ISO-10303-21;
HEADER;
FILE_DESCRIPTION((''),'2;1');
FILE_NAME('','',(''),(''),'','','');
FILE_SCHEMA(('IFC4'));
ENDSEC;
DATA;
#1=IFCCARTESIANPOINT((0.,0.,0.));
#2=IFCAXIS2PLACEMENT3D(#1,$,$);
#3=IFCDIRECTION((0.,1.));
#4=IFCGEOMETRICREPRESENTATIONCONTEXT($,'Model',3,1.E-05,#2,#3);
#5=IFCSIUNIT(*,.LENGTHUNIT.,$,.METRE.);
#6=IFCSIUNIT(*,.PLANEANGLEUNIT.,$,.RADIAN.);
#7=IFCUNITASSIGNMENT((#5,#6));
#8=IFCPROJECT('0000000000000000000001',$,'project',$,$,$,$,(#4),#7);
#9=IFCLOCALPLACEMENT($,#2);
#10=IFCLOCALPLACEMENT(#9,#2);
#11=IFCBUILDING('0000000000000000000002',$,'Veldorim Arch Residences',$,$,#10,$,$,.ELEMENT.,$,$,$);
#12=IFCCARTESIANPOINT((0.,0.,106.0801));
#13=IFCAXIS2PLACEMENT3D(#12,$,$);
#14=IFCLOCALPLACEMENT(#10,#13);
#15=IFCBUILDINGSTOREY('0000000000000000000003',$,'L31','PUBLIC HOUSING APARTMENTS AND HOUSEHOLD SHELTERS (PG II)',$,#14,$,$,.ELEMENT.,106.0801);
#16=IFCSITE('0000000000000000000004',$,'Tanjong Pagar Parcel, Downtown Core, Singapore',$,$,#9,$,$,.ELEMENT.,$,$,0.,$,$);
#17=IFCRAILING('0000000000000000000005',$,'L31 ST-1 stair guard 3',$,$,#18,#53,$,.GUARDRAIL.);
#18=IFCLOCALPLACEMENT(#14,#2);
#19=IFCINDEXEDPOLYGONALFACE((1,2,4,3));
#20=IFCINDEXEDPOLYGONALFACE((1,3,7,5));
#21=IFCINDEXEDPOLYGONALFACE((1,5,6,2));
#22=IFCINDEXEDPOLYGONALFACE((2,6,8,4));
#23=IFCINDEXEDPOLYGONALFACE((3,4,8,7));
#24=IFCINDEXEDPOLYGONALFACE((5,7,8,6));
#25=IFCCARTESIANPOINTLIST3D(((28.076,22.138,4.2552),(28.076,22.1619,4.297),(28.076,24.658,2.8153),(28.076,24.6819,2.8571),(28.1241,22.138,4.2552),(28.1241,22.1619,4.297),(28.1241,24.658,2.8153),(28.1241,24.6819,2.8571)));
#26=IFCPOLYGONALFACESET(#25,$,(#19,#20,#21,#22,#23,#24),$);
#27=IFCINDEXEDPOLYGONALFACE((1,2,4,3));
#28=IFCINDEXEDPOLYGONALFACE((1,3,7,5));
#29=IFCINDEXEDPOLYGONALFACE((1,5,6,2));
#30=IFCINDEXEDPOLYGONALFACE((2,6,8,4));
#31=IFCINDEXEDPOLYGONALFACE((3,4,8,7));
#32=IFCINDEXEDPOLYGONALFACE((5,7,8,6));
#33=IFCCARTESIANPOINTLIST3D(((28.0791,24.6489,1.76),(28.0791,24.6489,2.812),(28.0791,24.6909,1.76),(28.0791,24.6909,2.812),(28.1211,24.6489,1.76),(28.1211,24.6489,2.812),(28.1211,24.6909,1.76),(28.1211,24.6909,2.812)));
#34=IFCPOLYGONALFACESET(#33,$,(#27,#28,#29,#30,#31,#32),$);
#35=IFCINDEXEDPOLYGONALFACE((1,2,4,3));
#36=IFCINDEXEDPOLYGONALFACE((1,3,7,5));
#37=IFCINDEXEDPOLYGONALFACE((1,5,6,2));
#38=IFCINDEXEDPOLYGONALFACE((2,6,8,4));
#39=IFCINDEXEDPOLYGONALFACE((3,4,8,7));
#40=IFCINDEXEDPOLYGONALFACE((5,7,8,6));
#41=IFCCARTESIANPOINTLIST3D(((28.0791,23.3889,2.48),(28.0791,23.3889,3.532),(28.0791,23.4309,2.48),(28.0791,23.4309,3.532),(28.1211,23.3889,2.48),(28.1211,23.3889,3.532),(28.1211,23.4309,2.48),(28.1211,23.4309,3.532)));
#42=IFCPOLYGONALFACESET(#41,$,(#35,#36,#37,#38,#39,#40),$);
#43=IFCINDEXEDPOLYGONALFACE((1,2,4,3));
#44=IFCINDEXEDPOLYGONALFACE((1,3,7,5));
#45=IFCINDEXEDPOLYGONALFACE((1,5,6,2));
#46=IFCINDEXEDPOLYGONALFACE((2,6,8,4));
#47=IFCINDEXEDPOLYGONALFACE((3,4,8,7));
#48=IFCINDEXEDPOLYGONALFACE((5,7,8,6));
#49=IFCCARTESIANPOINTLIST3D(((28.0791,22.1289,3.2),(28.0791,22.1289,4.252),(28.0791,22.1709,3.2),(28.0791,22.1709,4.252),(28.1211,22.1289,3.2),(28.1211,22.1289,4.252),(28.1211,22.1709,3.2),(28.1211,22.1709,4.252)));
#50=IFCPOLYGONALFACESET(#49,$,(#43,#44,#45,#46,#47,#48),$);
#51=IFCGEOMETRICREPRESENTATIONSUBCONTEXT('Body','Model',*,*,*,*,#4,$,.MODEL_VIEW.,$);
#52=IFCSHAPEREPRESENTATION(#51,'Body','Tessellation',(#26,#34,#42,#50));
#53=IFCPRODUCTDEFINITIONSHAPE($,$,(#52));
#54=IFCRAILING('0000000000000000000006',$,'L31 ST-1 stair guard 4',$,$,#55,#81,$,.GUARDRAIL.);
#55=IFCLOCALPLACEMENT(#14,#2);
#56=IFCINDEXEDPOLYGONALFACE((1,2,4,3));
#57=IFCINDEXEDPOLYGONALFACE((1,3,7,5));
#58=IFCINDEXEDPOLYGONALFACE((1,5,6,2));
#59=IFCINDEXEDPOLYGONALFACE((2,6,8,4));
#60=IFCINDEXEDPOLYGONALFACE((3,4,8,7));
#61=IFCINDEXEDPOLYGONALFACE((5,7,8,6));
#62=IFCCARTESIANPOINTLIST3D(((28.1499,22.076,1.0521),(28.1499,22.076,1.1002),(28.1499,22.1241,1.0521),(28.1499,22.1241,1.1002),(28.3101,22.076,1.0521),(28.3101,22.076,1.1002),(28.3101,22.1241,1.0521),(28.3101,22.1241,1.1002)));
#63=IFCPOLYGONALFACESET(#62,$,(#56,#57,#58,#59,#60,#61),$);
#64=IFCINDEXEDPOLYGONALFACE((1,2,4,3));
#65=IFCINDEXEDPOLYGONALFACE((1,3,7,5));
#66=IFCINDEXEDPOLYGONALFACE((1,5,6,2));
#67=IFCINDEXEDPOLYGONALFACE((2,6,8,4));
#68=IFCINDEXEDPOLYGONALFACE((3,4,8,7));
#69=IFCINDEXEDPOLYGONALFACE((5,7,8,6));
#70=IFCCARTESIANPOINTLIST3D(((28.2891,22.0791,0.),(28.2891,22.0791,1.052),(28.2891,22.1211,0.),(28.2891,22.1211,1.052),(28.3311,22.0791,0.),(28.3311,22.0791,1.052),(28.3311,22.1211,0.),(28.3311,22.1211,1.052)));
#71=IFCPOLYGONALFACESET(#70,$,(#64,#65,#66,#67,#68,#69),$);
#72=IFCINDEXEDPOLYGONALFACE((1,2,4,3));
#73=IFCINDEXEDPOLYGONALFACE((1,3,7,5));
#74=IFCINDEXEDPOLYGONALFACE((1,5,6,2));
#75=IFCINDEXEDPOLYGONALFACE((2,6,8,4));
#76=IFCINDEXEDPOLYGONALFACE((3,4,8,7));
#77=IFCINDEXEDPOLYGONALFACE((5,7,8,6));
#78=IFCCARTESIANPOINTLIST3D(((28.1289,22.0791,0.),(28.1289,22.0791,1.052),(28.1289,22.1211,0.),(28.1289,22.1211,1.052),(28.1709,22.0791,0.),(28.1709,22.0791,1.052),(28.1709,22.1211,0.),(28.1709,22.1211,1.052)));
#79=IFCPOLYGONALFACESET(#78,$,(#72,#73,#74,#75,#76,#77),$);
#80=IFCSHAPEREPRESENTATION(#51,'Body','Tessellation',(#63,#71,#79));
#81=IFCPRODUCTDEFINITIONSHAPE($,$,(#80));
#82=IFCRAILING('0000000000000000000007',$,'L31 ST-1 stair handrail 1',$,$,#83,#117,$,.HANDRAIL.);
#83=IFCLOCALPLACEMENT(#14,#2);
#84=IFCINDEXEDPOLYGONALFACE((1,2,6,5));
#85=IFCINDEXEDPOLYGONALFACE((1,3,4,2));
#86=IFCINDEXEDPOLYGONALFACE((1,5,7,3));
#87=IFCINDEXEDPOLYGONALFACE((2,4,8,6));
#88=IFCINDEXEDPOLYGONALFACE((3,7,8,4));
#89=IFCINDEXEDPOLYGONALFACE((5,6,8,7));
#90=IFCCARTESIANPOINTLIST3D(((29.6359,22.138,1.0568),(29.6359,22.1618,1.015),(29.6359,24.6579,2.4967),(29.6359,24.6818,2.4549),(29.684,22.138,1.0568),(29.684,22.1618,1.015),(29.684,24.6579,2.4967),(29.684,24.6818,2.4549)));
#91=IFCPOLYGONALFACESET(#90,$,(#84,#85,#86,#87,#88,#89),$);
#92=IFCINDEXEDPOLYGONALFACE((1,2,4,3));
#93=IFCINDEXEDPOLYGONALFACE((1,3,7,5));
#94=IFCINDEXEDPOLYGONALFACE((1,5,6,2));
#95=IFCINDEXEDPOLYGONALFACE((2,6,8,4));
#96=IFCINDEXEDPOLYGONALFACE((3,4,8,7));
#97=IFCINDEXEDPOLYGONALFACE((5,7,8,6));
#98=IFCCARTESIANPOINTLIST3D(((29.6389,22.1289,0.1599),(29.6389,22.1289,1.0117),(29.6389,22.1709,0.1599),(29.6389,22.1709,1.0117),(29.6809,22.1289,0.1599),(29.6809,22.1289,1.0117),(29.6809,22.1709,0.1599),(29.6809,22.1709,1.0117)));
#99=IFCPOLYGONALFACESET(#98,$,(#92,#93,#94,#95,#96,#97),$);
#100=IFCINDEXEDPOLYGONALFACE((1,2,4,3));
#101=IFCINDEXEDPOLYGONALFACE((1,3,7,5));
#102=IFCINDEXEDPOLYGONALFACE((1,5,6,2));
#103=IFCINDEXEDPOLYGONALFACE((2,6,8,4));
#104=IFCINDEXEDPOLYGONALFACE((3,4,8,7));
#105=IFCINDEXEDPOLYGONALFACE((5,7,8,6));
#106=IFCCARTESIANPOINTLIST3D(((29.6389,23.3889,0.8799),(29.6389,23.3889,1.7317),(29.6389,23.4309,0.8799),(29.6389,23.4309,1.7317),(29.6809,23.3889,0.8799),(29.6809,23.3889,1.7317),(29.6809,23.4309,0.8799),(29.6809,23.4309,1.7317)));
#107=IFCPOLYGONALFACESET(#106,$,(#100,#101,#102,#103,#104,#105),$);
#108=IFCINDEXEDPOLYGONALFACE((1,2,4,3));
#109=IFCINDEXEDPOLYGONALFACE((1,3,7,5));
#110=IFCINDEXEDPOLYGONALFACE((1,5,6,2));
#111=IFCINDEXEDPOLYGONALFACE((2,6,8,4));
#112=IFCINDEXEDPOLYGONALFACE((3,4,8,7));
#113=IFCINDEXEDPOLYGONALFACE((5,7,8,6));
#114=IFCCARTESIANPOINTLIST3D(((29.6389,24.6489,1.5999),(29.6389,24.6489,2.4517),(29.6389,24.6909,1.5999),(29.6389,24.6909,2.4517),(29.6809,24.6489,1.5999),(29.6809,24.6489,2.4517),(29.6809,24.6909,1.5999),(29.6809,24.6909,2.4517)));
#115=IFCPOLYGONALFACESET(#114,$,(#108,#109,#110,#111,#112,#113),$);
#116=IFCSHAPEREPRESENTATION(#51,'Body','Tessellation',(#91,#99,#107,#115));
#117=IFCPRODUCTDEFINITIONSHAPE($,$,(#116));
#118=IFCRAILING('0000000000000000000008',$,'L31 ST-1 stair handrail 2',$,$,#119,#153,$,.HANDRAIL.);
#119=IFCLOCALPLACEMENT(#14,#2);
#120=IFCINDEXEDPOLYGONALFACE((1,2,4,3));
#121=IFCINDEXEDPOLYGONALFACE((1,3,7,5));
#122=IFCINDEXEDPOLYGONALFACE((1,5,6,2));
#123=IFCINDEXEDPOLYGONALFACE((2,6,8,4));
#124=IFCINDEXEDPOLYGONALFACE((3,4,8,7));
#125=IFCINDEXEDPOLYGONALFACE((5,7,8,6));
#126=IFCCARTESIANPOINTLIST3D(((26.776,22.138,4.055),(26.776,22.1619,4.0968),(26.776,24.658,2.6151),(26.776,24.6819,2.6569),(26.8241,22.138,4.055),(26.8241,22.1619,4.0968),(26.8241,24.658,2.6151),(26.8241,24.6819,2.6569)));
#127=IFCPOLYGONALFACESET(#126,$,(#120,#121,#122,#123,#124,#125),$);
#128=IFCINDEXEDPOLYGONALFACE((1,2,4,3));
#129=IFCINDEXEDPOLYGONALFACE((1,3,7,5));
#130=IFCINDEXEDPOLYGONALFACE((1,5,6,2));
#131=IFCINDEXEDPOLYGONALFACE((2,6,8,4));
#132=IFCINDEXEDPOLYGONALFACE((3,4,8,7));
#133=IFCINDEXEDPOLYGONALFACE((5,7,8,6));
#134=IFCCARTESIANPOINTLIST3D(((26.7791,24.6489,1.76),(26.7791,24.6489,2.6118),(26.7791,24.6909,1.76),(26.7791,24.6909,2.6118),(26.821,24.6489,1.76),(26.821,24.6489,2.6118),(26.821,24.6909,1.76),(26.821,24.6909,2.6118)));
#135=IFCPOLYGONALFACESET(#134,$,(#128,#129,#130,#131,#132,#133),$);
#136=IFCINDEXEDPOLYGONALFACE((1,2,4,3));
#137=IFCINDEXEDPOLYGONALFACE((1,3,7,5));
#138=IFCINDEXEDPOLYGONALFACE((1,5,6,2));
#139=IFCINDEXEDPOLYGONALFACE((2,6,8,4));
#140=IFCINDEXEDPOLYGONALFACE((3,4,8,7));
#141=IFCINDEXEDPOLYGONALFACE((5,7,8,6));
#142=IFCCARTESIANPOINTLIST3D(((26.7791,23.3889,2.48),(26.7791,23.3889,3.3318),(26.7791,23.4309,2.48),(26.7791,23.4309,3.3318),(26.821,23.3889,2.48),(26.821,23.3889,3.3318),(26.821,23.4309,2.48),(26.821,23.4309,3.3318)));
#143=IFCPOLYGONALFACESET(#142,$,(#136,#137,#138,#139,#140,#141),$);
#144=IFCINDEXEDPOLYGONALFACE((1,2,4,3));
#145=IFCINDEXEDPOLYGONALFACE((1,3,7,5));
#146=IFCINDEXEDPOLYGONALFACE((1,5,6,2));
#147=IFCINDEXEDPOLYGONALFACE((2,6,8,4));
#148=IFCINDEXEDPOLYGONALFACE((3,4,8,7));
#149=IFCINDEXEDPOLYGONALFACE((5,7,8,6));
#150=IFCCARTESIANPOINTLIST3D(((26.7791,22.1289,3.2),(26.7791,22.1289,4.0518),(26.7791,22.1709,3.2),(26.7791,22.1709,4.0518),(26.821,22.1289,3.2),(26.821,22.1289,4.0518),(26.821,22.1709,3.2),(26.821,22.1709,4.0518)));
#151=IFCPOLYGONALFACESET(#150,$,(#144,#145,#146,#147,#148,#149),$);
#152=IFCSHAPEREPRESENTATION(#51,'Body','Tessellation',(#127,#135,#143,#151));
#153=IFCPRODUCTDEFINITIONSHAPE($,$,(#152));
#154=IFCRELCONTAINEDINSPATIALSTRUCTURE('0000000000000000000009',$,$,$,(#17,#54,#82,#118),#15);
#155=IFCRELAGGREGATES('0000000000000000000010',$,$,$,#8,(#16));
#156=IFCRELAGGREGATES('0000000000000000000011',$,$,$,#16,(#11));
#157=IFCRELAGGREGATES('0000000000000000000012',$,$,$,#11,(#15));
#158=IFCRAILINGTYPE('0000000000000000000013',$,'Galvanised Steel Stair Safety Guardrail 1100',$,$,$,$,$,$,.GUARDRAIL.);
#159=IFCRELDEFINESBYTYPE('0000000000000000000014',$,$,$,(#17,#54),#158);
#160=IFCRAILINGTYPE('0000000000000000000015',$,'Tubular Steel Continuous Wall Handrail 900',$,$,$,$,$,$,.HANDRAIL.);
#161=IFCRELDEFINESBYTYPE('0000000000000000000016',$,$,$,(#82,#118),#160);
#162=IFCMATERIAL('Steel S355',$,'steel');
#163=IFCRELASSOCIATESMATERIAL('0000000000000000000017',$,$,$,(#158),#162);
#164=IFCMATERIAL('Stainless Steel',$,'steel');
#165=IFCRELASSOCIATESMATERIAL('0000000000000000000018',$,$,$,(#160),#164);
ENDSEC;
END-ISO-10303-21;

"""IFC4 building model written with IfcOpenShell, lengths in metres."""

from ifc_helpers import new_model, si_unit, direction, frame, origin, origin_2d, place, context, subcontext, project, spatial, rectangle, extrude, material, type_object, element, save


model = new_model("IFC4")

# Units and contexts
model_context = context("Model", 3, precision=1e-05, world=origin(), true_north=direction((0.0, 1.0)))
body_context = subcontext(model_context, "Body", "Model", "MODEL_VIEW")
ifc_project = project(units=[si_unit("LENGTHUNIT", "METRE"), si_unit("PLANEANGLEUNIT", "RADIAN")], contexts=[model_context])

# Site, building, storey
site_placement = place(None, origin())
site = spatial("IfcSite", under=ifc_project, at=site_placement, Name="Tanjong Pagar Parcel, Downtown Core, Singapore", CompositionType="ELEMENT", RefElevation=0.0)
building_placement = place(site_placement, origin())
building = spatial("IfcBuilding", under=site, at=building_placement, Name="Veldorim Arch Residences", CompositionType="ELEMENT")
storey_placement = place(building_placement, frame((0.0, 0.0, 106.0801)))
storey = spatial("IfcBuildingStorey", under=building, at=storey_placement, Name="L31", Description="PUBLIC HOUSING APARTMENTS AND HOUSEHOLD SHELTERS (PG II)", CompositionType="ELEMENT", Elevation=106.0801)

# Railings
ifc_material_1 = material(Name="Steel S355", Category="steel")
railing_type_1 = type_object("IfcRailingType", Name="Galvanised Steel Stair Safety Guardrail 1100", PredefinedType="GUARDRAIL", material=ifc_material_1)
railing_1_placement = place(storey_placement, frame((28.1001, 24.6699, 1.76)))
element("IfcRailing", 1, at=railing_1_placement, inside=storey, type_object=railing_type_1, Name="L31 ST-1 stair guard 3", PredefinedType="GUARDRAIL", context=body_context, shape_type="SweptSolid", body=[
    extrude(rectangle(XDim=0.0481, YDim=0.0481, at=origin_2d()), frame((0.0, 0.0, 1.0762), z_axis=(0.0, -0.868253, 0.496121), x_axis=(1.0, 0.0, 0.0)), (0.0, 0.0, 1.0), 2.9023),
    extrude(rectangle(XDim=0.042, YDim=0.042, at=origin_2d()), origin(), (0.0, 0.0, 1.0), 1.052),
    extrude(rectangle(XDim=0.042, YDim=0.042, at=origin_2d()), frame((0.0, -1.26, 0.72)), (0.0, 0.0, 1.0), 1.052),
    extrude(rectangle(XDim=0.042, YDim=0.042, at=origin_2d()), frame((0.0, -2.52, 1.4399)), (0.0, 0.0, 1.0), 1.052),
])
railing_2_placement = place(storey_placement, frame((28.3101, 22.1001, 0.0)))
element("IfcRailing", 2, at=railing_2_placement, inside=storey, type_object=railing_type_1, Name="L31 ST-1 stair guard 4", PredefinedType="GUARDRAIL", context=body_context, shape_type="SweptSolid", body=[
    extrude(rectangle(XDim=0.0481, YDim=0.0481, at=origin_2d()), frame((0.0, 0.0, 1.0762), z_axis=(-1.0, 0.0, 0.0), x_axis=(0.0, -1.0, 0.0)), (0.0, 0.0, 1.0), 0.1602),
    extrude(rectangle(XDim=0.042, YDim=0.042, at=origin_2d()), origin(), (0.0, 0.0, 1.0), 1.052),
    extrude(rectangle(XDim=0.042, YDim=0.042, at=origin_2d()), frame((-0.1602, 0.0, 0.0)), (0.0, 0.0, 1.0), 1.052),
])
ifc_material_2 = material(Name="Stainless Steel", Category="steel")
railing_type_2 = type_object("IfcRailingType", Name="Tubular Steel Continuous Wall Handrail 900", PredefinedType="HANDRAIL", material=ifc_material_2)
railing_3_placement = place(storey_placement, frame((29.6599, 22.1499, 0.1599)))
element("IfcRailing", 3, at=railing_3_placement, inside=storey, type_object=railing_type_2, Name="L31 ST-1 stair handrail 1", PredefinedType="HANDRAIL", context=body_context, shape_type="SweptSolid", body=[
    extrude(rectangle(XDim=0.0481, YDim=0.0481, at=origin_2d()), frame((0.0, 0.0, 0.876), z_axis=(0.0, 0.868253, 0.496121), x_axis=(-1.0, 0.0, 0.0)), (0.0, 0.0, 1.0), 2.9023),
    extrude(rectangle(XDim=0.042, YDim=0.042, at=origin_2d()), origin(), (0.0, 0.0, 1.0), 0.8518),
    extrude(rectangle(XDim=0.042, YDim=0.042, at=origin_2d()), frame((0.0, 1.26, 0.72)), (0.0, 0.0, 1.0), 0.8518),
    extrude(rectangle(XDim=0.042, YDim=0.042, at=origin_2d()), frame((0.0, 2.52, 1.4399)), (0.0, 0.0, 1.0), 0.8518),
])
railing_4_placement = place(storey_placement, frame((26.8, 24.6699, 1.76)))
element("IfcRailing", 4, at=railing_4_placement, inside=storey, type_object=railing_type_2, Name="L31 ST-1 stair handrail 2", PredefinedType="HANDRAIL", context=body_context, shape_type="SweptSolid", body=[
    extrude(rectangle(XDim=0.0481, YDim=0.0481, at=origin_2d()), frame((0.0, 0.0, 0.876), z_axis=(0.0, -0.868253, 0.496121), x_axis=(1.0, 0.0, 0.0)), (0.0, 0.0, 1.0), 2.9023),
    extrude(rectangle(XDim=0.042, YDim=0.042, at=origin_2d()), origin(), (0.0, 0.0, 1.0), 0.8518),
    extrude(rectangle(XDim=0.042, YDim=0.042, at=origin_2d()), frame((0.0, -1.26, 0.72)), (0.0, 0.0, 1.0), 0.8518),
    extrude(rectangle(XDim=0.042, YDim=0.042, at=origin_2d()), frame((0.0, -2.52, 1.4399)), (0.0, 0.0, 1.0), 0.8518),
])

save(model, "model.ifc")
